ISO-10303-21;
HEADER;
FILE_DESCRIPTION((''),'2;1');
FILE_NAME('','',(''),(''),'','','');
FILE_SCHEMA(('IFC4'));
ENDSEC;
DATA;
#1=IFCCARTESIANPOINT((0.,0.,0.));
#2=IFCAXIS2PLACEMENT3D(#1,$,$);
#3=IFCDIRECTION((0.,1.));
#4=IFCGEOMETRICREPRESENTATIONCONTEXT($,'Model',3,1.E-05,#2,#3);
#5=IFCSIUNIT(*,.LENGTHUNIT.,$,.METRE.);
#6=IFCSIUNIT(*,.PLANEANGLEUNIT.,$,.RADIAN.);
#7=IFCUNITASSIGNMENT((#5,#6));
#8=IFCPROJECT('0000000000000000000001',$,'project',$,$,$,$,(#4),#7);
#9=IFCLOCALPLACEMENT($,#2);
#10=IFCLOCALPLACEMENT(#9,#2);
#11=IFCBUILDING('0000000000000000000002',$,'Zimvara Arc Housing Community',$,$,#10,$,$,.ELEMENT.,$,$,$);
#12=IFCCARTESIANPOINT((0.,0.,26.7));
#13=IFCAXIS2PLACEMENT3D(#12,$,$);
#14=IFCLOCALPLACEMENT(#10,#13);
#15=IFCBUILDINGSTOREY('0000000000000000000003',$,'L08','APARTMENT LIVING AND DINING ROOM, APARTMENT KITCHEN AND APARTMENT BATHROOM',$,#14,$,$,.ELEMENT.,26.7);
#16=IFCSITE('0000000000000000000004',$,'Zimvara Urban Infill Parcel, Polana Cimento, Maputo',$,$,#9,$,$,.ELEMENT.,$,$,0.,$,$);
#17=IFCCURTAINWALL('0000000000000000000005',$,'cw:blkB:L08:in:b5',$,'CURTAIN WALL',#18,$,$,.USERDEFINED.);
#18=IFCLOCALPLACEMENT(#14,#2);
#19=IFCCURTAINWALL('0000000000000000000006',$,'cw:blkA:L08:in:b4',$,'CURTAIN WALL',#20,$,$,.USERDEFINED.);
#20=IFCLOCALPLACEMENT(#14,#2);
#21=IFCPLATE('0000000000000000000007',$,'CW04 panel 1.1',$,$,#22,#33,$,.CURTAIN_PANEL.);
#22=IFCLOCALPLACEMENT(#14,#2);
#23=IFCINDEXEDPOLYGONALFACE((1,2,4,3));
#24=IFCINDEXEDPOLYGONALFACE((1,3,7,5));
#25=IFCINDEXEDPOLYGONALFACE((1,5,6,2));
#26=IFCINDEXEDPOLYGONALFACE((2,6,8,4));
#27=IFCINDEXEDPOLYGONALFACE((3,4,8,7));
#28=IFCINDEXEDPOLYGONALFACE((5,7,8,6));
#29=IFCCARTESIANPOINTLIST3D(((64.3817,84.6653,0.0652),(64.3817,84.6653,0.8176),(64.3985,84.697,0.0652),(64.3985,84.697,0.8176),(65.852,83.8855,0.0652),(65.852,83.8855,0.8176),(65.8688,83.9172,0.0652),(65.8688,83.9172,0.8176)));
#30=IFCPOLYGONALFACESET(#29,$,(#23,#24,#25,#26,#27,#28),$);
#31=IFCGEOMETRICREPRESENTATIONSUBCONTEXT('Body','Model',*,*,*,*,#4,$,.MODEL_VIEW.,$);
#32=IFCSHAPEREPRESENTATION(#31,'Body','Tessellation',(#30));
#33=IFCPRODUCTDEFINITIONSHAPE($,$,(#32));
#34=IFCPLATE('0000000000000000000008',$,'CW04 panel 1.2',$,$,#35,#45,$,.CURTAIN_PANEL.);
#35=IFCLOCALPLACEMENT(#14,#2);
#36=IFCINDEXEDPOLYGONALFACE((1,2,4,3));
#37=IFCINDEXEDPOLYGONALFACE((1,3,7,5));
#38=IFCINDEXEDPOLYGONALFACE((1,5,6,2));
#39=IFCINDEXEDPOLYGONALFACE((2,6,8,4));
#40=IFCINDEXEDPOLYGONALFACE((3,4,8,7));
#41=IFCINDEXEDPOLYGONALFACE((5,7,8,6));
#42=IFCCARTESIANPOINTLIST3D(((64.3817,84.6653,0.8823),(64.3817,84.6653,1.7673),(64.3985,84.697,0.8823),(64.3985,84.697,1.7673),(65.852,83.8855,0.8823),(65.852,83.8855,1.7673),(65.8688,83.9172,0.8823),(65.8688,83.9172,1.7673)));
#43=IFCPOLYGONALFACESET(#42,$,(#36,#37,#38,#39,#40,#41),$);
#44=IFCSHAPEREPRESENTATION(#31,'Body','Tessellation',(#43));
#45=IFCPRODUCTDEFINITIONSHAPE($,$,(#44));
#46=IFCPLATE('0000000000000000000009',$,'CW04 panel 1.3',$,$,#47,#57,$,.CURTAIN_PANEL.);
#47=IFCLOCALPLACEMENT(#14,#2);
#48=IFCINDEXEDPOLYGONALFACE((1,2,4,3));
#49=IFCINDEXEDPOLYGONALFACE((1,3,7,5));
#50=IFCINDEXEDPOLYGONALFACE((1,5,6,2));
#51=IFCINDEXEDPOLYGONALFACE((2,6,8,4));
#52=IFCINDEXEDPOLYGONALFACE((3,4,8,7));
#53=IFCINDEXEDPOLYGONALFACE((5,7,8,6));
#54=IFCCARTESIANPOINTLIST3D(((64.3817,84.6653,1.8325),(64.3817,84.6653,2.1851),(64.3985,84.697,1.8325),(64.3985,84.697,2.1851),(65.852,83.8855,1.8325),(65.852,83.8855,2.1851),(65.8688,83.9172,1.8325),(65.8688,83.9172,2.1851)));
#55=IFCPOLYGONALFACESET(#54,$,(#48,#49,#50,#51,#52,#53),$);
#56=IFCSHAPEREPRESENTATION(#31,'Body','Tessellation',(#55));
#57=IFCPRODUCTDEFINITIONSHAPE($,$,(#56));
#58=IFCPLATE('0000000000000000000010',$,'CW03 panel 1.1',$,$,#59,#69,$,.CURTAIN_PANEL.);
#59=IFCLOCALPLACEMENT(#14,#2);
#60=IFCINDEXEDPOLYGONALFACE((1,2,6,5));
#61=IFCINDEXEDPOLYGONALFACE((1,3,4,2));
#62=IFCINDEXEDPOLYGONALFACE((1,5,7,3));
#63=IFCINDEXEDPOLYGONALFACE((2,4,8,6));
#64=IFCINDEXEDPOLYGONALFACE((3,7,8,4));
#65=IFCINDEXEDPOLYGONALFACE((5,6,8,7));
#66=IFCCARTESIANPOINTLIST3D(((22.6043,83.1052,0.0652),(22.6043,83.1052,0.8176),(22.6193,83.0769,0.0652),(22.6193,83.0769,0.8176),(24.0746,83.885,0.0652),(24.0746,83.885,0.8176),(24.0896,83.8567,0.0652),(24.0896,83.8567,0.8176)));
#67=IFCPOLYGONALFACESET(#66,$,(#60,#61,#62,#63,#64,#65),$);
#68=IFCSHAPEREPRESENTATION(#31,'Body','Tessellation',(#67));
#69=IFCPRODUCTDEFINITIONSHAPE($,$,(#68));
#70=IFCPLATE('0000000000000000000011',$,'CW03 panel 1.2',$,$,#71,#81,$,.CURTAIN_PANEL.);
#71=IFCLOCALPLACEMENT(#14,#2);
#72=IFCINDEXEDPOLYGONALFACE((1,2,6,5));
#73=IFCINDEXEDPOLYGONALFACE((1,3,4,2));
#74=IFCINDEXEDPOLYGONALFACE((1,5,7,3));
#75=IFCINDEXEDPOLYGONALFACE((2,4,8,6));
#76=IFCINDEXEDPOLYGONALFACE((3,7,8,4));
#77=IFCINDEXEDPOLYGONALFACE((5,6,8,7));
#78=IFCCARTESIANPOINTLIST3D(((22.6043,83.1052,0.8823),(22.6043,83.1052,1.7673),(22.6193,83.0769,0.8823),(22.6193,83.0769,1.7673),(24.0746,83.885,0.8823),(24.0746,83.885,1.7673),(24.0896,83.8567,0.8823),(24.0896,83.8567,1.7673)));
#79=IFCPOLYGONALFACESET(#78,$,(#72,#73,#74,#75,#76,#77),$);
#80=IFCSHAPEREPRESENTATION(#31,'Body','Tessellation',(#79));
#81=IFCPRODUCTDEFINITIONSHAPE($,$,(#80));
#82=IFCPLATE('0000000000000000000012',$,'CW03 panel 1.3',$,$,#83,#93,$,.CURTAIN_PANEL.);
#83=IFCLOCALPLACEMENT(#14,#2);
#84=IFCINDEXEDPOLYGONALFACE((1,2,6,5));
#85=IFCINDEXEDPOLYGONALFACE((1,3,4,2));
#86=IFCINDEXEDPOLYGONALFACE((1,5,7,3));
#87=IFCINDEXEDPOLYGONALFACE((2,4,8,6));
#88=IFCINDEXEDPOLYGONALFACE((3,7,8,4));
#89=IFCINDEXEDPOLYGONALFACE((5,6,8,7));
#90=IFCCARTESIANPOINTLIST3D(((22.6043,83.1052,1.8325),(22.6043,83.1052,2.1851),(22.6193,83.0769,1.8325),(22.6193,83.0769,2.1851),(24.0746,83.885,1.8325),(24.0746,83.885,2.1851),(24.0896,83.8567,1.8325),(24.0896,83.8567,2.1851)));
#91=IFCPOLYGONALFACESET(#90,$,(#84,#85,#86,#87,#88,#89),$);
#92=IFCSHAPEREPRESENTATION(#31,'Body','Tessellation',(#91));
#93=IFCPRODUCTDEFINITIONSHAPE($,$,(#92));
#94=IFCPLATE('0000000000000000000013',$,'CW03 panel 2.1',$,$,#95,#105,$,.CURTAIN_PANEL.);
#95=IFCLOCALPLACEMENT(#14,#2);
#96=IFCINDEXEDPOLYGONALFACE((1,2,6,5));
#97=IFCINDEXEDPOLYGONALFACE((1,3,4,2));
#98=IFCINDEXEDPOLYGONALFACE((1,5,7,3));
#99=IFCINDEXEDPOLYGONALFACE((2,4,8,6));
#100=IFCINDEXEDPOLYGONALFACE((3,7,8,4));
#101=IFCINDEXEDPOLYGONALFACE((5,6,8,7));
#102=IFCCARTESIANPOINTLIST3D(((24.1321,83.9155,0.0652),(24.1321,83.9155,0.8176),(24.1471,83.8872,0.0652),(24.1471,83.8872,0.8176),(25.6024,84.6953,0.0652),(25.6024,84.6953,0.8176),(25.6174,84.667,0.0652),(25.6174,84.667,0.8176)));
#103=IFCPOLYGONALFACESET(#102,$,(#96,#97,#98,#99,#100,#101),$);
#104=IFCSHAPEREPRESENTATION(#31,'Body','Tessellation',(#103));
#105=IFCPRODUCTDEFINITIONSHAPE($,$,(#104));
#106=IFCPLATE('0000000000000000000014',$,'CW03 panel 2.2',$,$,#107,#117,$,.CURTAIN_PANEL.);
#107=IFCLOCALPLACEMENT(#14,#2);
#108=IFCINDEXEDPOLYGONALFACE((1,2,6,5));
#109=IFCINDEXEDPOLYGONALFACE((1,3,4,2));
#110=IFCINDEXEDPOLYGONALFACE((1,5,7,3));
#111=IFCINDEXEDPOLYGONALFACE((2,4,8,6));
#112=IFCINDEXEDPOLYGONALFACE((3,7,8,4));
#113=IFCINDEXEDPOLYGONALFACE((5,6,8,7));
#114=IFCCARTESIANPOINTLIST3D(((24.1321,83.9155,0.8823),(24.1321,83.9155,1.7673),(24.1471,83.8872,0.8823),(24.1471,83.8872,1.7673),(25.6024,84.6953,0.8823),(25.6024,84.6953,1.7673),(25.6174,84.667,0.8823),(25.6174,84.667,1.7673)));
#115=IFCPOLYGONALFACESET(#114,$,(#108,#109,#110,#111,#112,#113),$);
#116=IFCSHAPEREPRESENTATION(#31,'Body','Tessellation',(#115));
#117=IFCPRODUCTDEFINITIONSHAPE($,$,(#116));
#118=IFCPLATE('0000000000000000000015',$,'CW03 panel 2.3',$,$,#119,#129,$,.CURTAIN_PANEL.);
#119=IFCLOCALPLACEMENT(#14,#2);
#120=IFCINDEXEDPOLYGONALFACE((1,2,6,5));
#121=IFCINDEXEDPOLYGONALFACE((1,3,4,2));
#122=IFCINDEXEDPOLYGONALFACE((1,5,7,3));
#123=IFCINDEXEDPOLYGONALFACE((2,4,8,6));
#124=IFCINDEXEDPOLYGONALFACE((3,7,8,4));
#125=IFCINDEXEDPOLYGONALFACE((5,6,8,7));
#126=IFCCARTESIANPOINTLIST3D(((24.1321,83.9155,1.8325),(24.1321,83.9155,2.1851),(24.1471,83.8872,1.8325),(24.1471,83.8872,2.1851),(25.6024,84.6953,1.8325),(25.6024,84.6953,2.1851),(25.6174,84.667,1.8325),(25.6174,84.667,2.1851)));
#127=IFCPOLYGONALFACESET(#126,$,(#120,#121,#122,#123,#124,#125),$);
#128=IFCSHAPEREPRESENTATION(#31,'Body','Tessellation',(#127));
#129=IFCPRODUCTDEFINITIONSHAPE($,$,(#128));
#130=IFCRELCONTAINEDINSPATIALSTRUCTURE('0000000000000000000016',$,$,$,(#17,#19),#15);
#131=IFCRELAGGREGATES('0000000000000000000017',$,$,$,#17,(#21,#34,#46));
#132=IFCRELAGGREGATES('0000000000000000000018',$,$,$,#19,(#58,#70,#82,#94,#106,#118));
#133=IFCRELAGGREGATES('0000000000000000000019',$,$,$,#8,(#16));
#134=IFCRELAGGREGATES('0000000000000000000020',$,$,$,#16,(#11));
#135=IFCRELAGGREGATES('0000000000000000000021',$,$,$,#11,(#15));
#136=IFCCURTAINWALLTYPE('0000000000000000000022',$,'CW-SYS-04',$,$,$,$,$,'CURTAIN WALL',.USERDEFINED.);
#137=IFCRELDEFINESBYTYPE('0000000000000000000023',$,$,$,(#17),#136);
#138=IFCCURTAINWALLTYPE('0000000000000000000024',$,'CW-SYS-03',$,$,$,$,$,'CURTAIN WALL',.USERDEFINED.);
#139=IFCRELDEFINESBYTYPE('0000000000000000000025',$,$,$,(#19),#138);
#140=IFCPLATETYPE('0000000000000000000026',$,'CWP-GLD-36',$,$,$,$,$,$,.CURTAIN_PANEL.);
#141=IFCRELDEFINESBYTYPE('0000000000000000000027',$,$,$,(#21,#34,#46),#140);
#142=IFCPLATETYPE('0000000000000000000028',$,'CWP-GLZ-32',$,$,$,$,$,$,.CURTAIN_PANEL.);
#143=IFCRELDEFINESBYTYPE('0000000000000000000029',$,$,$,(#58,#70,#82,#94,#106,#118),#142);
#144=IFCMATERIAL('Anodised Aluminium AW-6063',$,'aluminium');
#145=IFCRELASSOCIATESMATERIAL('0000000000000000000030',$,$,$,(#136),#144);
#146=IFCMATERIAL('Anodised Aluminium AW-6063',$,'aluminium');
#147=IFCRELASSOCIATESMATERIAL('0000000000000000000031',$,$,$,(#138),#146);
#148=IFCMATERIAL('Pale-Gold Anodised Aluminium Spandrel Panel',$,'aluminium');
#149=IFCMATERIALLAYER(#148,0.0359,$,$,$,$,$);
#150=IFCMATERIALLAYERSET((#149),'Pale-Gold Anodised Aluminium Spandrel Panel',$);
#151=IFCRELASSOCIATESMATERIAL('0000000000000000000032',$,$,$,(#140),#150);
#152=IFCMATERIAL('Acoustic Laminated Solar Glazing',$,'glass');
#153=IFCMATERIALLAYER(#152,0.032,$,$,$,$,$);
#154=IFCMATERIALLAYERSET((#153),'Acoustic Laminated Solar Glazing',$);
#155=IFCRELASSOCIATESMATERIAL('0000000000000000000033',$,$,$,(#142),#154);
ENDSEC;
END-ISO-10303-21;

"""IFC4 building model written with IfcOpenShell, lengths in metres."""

from ifc_helpers import new_model, si_unit, direction, frame, origin, origin_2d, place, context, subcontext, project, spatial, rectangle, extrude, material, layer, layer_set, type_object, element, aggregate, save


model = new_model("IFC4")

# Units and contexts
model_context = context("Model", 3, precision=1e-05, world=origin(), true_north=direction((0.0, 1.0)))
body_context = subcontext(model_context, "Body", "Model", "MODEL_VIEW")
ifc_project = project(units=[si_unit("LENGTHUNIT", "METRE"), si_unit("PLANEANGLEUNIT", "RADIAN")], contexts=[model_context])

# Site, building, storey
site_placement = place(None, origin())
site = spatial("IfcSite", under=ifc_project, at=site_placement, Name="Zimvara Urban Infill Parcel, Polana Cimento, Maputo", CompositionType="ELEMENT", RefElevation=0.0)
building_placement = place(site_placement, origin())
building = spatial("IfcBuilding", under=site, at=building_placement, Name="Zimvara Arc Housing Community", CompositionType="ELEMENT")
storey_placement = place(building_placement, frame((0.0, 0.0, 26.7)))
storey = spatial("IfcBuildingStorey", under=building, at=storey_placement, Name="L08", Description="APARTMENT LIVING AND DINING ROOM, APARTMENT KITCHEN AND APARTMENT BATHROOM", CompositionType="ELEMENT", Elevation=26.7)

# Curtain wall
ifc_material_1 = material(Name="Anodised Aluminium AW-6063", Category="aluminium")
curtain_wall_type_1 = type_object("IfcCurtainWallType", Name="CW-SYS-04", ElementType="CURTAIN WALL", PredefinedType="USERDEFINED", material=ifc_material_1)
curtain_wall_1_placement = place(storey_placement, origin())
curtain_wall_1 = element("IfcCurtainWall", 1, at=curtain_wall_1_placement, inside=storey, type_object=curtain_wall_type_1, Name="cw:blkB:L08:in:b5", ObjectType="CURTAIN WALL", PredefinedType="USERDEFINED")

# Curtain wall
ifc_material_2 = material(Name="Anodised Aluminium AW-6063", Category="aluminium")
curtain_wall_type_2 = type_object("IfcCurtainWallType", Name="CW-SYS-03", ElementType="CURTAIN WALL", PredefinedType="USERDEFINED", material=ifc_material_2)
curtain_wall_2_placement = place(storey_placement, origin())
curtain_wall_2 = element("IfcCurtainWall", 2, at=curtain_wall_2_placement, inside=storey, type_object=curtain_wall_type_2, Name="cw:blkA:L08:in:b4", ObjectType="CURTAIN WALL", PredefinedType="USERDEFINED")

# Plates
ifc_material_3 = material(Name="Pale-Gold Anodised Aluminium Spandrel Panel", Category="aluminium")
ifc_layer_1 = layer(ifc_material_3, 0.0359)
ifc_layer_set_1 = layer_set([ifc_layer_1], Name="Pale-Gold Anodised Aluminium Spandrel Panel")
plate_type_1 = type_object("IfcPlateType", Name="CWP-GLD-36", PredefinedType="CURTAIN_PANEL", material=ifc_layer_set_1)
plate_1_placement = place(storey_placement, frame((65.1252, 84.2913, 0.0652), z_axis=(0.0, 0.0, 1.0), x_axis=(0.88344, -0.468545, 0.0)))
plate_1 = element("IfcPlate", 3, at=plate_1_placement, type_object=plate_type_1, Name="CW04 panel 1.1", PredefinedType="CURTAIN_PANEL", context=body_context, shape_type="SweptSolid", body=[
    extrude(rectangle(XDim=1.6643, YDim=0.0359, at=origin_2d()), origin(), (0.0, 0.0, 1.0), 0.7524),
])
plate_2_placement = place(storey_placement, frame((65.1252, 84.2913, 0.8823), z_axis=(0.0, 0.0, 1.0), x_axis=(0.88344, -0.468545, 0.0)))
plate_2 = element("IfcPlate", 4, at=plate_2_placement, type_object=plate_type_1, Name="CW04 panel 1.2", PredefinedType="CURTAIN_PANEL", context=body_context, shape_type="SweptSolid", body=[
    extrude(rectangle(XDim=1.6643, YDim=0.0359, at=origin_2d()), origin(), (0.0, 0.0, 1.0), 0.885),
])
plate_3_placement = place(storey_placement, frame((65.1252, 84.2913, 1.8325), z_axis=(0.0, 0.0, 1.0), x_axis=(0.88344, -0.468545, 0.0)))
plate_3 = element("IfcPlate", 5, at=plate_3_placement, type_object=plate_type_1, Name="CW04 panel 1.3", PredefinedType="CURTAIN_PANEL", context=body_context, shape_type="SweptSolid", body=[
    extrude(rectangle(XDim=1.6643, YDim=0.0359, at=origin_2d()), origin(), (0.0, 0.0, 1.0), 0.3525),
])
aggregate(curtain_wall_1, [plate_1, plate_2, plate_3])
ifc_material_4 = material(Name="Acoustic Laminated Solar Glazing", Category="glass")
ifc_layer_2 = layer(ifc_material_4, 0.032)
ifc_layer_set_2 = layer_set([ifc_layer_2], Name="Acoustic Laminated Solar Glazing")
plate_type_2 = type_object("IfcPlateType", Name="CWP-GLZ-32", PredefinedType="CURTAIN_PANEL", material=ifc_layer_set_2)
plate_4_placement = place(storey_placement, frame((23.3469, 83.481, 0.0652), z_axis=(0.0, 0.0, 1.0), x_axis=(0.88344, 0.468545, 0.0)))
plate_4 = element("IfcPlate", 6, at=plate_4_placement, type_object=plate_type_2, Name="CW03 panel 1.1", PredefinedType="CURTAIN_PANEL", context=body_context, shape_type="SweptSolid", body=[
    extrude(rectangle(XDim=1.6643, YDim=0.032, at=origin_2d()), origin(), (0.0, 0.0, 1.0), 0.7524),
])
plate_5_placement = place(storey_placement, frame((23.3469, 83.481, 0.8823), z_axis=(0.0, 0.0, 1.0), x_axis=(0.88344, 0.468545, 0.0)))
plate_5 = element("IfcPlate", 7, at=plate_5_placement, type_object=plate_type_2, Name="CW03 panel 1.2", PredefinedType="CURTAIN_PANEL", context=body_context, shape_type="SweptSolid", body=[
    extrude(rectangle(XDim=1.6643, YDim=0.032, at=origin_2d()), origin(), (0.0, 0.0, 1.0), 0.885),
])
plate_6_placement = place(storey_placement, frame((23.3469, 83.481, 1.8325), z_axis=(0.0, 0.0, 1.0), x_axis=(0.88344, 0.468545, 0.0)))
plate_6 = element("IfcPlate", 8, at=plate_6_placement, type_object=plate_type_2, Name="CW03 panel 1.3", PredefinedType="CURTAIN_PANEL", context=body_context, shape_type="SweptSolid", body=[
    extrude(rectangle(XDim=1.6643, YDim=0.032, at=origin_2d()), origin(), (0.0, 0.0, 1.0), 0.3525),
])
plate_7_placement = place(storey_placement, frame((24.8748, 84.2913, 0.0652), z_axis=(0.0, 0.0, 1.0), x_axis=(0.88344, 0.468545, 0.0)))
plate_7 = element("IfcPlate", 9, at=plate_7_placement, type_object=plate_type_2, Name="CW03 panel 2.1", PredefinedType="CURTAIN_PANEL", context=body_context, shape_type="SweptSolid", body=[
    extrude(rectangle(XDim=1.6643, YDim=0.032, at=origin_2d()), origin(), (0.0, 0.0, 1.0), 0.7524),
])
plate_8_placement = place(storey_placement, frame((24.8748, 84.2913, 0.8823), z_axis=(0.0, 0.0, 1.0), x_axis=(0.88344, 0.468545, 0.0)))
plate_8 = element("IfcPlate", 10, at=plate_8_placement, type_object=plate_type_2, Name="CW03 panel 2.2", PredefinedType="CURTAIN_PANEL", context=body_context, shape_type="SweptSolid", body=[
    extrude(rectangle(XDim=1.6643, YDim=0.032, at=origin_2d()), origin(), (0.0, 0.0, 1.0), 0.885),
])
plate_9_placement = place(storey_placement, frame((24.8748, 84.2913, 1.8325), z_axis=(0.0, 0.0, 1.0), x_axis=(0.88344, 0.468545, 0.0)))
plate_9 = element("IfcPlate", 11, at=plate_9_placement, type_object=plate_type_2, Name="CW03 panel 2.3", PredefinedType="CURTAIN_PANEL", context=body_context, shape_type="SweptSolid", body=[
    extrude(rectangle(XDim=1.6643, YDim=0.032, at=origin_2d()), origin(), (0.0, 0.0, 1.0), 0.3525),
])
aggregate(curtain_wall_2, [plate_4, plate_5, plate_6, plate_7, plate_8, plate_9])

save(model, "model.ifc")
